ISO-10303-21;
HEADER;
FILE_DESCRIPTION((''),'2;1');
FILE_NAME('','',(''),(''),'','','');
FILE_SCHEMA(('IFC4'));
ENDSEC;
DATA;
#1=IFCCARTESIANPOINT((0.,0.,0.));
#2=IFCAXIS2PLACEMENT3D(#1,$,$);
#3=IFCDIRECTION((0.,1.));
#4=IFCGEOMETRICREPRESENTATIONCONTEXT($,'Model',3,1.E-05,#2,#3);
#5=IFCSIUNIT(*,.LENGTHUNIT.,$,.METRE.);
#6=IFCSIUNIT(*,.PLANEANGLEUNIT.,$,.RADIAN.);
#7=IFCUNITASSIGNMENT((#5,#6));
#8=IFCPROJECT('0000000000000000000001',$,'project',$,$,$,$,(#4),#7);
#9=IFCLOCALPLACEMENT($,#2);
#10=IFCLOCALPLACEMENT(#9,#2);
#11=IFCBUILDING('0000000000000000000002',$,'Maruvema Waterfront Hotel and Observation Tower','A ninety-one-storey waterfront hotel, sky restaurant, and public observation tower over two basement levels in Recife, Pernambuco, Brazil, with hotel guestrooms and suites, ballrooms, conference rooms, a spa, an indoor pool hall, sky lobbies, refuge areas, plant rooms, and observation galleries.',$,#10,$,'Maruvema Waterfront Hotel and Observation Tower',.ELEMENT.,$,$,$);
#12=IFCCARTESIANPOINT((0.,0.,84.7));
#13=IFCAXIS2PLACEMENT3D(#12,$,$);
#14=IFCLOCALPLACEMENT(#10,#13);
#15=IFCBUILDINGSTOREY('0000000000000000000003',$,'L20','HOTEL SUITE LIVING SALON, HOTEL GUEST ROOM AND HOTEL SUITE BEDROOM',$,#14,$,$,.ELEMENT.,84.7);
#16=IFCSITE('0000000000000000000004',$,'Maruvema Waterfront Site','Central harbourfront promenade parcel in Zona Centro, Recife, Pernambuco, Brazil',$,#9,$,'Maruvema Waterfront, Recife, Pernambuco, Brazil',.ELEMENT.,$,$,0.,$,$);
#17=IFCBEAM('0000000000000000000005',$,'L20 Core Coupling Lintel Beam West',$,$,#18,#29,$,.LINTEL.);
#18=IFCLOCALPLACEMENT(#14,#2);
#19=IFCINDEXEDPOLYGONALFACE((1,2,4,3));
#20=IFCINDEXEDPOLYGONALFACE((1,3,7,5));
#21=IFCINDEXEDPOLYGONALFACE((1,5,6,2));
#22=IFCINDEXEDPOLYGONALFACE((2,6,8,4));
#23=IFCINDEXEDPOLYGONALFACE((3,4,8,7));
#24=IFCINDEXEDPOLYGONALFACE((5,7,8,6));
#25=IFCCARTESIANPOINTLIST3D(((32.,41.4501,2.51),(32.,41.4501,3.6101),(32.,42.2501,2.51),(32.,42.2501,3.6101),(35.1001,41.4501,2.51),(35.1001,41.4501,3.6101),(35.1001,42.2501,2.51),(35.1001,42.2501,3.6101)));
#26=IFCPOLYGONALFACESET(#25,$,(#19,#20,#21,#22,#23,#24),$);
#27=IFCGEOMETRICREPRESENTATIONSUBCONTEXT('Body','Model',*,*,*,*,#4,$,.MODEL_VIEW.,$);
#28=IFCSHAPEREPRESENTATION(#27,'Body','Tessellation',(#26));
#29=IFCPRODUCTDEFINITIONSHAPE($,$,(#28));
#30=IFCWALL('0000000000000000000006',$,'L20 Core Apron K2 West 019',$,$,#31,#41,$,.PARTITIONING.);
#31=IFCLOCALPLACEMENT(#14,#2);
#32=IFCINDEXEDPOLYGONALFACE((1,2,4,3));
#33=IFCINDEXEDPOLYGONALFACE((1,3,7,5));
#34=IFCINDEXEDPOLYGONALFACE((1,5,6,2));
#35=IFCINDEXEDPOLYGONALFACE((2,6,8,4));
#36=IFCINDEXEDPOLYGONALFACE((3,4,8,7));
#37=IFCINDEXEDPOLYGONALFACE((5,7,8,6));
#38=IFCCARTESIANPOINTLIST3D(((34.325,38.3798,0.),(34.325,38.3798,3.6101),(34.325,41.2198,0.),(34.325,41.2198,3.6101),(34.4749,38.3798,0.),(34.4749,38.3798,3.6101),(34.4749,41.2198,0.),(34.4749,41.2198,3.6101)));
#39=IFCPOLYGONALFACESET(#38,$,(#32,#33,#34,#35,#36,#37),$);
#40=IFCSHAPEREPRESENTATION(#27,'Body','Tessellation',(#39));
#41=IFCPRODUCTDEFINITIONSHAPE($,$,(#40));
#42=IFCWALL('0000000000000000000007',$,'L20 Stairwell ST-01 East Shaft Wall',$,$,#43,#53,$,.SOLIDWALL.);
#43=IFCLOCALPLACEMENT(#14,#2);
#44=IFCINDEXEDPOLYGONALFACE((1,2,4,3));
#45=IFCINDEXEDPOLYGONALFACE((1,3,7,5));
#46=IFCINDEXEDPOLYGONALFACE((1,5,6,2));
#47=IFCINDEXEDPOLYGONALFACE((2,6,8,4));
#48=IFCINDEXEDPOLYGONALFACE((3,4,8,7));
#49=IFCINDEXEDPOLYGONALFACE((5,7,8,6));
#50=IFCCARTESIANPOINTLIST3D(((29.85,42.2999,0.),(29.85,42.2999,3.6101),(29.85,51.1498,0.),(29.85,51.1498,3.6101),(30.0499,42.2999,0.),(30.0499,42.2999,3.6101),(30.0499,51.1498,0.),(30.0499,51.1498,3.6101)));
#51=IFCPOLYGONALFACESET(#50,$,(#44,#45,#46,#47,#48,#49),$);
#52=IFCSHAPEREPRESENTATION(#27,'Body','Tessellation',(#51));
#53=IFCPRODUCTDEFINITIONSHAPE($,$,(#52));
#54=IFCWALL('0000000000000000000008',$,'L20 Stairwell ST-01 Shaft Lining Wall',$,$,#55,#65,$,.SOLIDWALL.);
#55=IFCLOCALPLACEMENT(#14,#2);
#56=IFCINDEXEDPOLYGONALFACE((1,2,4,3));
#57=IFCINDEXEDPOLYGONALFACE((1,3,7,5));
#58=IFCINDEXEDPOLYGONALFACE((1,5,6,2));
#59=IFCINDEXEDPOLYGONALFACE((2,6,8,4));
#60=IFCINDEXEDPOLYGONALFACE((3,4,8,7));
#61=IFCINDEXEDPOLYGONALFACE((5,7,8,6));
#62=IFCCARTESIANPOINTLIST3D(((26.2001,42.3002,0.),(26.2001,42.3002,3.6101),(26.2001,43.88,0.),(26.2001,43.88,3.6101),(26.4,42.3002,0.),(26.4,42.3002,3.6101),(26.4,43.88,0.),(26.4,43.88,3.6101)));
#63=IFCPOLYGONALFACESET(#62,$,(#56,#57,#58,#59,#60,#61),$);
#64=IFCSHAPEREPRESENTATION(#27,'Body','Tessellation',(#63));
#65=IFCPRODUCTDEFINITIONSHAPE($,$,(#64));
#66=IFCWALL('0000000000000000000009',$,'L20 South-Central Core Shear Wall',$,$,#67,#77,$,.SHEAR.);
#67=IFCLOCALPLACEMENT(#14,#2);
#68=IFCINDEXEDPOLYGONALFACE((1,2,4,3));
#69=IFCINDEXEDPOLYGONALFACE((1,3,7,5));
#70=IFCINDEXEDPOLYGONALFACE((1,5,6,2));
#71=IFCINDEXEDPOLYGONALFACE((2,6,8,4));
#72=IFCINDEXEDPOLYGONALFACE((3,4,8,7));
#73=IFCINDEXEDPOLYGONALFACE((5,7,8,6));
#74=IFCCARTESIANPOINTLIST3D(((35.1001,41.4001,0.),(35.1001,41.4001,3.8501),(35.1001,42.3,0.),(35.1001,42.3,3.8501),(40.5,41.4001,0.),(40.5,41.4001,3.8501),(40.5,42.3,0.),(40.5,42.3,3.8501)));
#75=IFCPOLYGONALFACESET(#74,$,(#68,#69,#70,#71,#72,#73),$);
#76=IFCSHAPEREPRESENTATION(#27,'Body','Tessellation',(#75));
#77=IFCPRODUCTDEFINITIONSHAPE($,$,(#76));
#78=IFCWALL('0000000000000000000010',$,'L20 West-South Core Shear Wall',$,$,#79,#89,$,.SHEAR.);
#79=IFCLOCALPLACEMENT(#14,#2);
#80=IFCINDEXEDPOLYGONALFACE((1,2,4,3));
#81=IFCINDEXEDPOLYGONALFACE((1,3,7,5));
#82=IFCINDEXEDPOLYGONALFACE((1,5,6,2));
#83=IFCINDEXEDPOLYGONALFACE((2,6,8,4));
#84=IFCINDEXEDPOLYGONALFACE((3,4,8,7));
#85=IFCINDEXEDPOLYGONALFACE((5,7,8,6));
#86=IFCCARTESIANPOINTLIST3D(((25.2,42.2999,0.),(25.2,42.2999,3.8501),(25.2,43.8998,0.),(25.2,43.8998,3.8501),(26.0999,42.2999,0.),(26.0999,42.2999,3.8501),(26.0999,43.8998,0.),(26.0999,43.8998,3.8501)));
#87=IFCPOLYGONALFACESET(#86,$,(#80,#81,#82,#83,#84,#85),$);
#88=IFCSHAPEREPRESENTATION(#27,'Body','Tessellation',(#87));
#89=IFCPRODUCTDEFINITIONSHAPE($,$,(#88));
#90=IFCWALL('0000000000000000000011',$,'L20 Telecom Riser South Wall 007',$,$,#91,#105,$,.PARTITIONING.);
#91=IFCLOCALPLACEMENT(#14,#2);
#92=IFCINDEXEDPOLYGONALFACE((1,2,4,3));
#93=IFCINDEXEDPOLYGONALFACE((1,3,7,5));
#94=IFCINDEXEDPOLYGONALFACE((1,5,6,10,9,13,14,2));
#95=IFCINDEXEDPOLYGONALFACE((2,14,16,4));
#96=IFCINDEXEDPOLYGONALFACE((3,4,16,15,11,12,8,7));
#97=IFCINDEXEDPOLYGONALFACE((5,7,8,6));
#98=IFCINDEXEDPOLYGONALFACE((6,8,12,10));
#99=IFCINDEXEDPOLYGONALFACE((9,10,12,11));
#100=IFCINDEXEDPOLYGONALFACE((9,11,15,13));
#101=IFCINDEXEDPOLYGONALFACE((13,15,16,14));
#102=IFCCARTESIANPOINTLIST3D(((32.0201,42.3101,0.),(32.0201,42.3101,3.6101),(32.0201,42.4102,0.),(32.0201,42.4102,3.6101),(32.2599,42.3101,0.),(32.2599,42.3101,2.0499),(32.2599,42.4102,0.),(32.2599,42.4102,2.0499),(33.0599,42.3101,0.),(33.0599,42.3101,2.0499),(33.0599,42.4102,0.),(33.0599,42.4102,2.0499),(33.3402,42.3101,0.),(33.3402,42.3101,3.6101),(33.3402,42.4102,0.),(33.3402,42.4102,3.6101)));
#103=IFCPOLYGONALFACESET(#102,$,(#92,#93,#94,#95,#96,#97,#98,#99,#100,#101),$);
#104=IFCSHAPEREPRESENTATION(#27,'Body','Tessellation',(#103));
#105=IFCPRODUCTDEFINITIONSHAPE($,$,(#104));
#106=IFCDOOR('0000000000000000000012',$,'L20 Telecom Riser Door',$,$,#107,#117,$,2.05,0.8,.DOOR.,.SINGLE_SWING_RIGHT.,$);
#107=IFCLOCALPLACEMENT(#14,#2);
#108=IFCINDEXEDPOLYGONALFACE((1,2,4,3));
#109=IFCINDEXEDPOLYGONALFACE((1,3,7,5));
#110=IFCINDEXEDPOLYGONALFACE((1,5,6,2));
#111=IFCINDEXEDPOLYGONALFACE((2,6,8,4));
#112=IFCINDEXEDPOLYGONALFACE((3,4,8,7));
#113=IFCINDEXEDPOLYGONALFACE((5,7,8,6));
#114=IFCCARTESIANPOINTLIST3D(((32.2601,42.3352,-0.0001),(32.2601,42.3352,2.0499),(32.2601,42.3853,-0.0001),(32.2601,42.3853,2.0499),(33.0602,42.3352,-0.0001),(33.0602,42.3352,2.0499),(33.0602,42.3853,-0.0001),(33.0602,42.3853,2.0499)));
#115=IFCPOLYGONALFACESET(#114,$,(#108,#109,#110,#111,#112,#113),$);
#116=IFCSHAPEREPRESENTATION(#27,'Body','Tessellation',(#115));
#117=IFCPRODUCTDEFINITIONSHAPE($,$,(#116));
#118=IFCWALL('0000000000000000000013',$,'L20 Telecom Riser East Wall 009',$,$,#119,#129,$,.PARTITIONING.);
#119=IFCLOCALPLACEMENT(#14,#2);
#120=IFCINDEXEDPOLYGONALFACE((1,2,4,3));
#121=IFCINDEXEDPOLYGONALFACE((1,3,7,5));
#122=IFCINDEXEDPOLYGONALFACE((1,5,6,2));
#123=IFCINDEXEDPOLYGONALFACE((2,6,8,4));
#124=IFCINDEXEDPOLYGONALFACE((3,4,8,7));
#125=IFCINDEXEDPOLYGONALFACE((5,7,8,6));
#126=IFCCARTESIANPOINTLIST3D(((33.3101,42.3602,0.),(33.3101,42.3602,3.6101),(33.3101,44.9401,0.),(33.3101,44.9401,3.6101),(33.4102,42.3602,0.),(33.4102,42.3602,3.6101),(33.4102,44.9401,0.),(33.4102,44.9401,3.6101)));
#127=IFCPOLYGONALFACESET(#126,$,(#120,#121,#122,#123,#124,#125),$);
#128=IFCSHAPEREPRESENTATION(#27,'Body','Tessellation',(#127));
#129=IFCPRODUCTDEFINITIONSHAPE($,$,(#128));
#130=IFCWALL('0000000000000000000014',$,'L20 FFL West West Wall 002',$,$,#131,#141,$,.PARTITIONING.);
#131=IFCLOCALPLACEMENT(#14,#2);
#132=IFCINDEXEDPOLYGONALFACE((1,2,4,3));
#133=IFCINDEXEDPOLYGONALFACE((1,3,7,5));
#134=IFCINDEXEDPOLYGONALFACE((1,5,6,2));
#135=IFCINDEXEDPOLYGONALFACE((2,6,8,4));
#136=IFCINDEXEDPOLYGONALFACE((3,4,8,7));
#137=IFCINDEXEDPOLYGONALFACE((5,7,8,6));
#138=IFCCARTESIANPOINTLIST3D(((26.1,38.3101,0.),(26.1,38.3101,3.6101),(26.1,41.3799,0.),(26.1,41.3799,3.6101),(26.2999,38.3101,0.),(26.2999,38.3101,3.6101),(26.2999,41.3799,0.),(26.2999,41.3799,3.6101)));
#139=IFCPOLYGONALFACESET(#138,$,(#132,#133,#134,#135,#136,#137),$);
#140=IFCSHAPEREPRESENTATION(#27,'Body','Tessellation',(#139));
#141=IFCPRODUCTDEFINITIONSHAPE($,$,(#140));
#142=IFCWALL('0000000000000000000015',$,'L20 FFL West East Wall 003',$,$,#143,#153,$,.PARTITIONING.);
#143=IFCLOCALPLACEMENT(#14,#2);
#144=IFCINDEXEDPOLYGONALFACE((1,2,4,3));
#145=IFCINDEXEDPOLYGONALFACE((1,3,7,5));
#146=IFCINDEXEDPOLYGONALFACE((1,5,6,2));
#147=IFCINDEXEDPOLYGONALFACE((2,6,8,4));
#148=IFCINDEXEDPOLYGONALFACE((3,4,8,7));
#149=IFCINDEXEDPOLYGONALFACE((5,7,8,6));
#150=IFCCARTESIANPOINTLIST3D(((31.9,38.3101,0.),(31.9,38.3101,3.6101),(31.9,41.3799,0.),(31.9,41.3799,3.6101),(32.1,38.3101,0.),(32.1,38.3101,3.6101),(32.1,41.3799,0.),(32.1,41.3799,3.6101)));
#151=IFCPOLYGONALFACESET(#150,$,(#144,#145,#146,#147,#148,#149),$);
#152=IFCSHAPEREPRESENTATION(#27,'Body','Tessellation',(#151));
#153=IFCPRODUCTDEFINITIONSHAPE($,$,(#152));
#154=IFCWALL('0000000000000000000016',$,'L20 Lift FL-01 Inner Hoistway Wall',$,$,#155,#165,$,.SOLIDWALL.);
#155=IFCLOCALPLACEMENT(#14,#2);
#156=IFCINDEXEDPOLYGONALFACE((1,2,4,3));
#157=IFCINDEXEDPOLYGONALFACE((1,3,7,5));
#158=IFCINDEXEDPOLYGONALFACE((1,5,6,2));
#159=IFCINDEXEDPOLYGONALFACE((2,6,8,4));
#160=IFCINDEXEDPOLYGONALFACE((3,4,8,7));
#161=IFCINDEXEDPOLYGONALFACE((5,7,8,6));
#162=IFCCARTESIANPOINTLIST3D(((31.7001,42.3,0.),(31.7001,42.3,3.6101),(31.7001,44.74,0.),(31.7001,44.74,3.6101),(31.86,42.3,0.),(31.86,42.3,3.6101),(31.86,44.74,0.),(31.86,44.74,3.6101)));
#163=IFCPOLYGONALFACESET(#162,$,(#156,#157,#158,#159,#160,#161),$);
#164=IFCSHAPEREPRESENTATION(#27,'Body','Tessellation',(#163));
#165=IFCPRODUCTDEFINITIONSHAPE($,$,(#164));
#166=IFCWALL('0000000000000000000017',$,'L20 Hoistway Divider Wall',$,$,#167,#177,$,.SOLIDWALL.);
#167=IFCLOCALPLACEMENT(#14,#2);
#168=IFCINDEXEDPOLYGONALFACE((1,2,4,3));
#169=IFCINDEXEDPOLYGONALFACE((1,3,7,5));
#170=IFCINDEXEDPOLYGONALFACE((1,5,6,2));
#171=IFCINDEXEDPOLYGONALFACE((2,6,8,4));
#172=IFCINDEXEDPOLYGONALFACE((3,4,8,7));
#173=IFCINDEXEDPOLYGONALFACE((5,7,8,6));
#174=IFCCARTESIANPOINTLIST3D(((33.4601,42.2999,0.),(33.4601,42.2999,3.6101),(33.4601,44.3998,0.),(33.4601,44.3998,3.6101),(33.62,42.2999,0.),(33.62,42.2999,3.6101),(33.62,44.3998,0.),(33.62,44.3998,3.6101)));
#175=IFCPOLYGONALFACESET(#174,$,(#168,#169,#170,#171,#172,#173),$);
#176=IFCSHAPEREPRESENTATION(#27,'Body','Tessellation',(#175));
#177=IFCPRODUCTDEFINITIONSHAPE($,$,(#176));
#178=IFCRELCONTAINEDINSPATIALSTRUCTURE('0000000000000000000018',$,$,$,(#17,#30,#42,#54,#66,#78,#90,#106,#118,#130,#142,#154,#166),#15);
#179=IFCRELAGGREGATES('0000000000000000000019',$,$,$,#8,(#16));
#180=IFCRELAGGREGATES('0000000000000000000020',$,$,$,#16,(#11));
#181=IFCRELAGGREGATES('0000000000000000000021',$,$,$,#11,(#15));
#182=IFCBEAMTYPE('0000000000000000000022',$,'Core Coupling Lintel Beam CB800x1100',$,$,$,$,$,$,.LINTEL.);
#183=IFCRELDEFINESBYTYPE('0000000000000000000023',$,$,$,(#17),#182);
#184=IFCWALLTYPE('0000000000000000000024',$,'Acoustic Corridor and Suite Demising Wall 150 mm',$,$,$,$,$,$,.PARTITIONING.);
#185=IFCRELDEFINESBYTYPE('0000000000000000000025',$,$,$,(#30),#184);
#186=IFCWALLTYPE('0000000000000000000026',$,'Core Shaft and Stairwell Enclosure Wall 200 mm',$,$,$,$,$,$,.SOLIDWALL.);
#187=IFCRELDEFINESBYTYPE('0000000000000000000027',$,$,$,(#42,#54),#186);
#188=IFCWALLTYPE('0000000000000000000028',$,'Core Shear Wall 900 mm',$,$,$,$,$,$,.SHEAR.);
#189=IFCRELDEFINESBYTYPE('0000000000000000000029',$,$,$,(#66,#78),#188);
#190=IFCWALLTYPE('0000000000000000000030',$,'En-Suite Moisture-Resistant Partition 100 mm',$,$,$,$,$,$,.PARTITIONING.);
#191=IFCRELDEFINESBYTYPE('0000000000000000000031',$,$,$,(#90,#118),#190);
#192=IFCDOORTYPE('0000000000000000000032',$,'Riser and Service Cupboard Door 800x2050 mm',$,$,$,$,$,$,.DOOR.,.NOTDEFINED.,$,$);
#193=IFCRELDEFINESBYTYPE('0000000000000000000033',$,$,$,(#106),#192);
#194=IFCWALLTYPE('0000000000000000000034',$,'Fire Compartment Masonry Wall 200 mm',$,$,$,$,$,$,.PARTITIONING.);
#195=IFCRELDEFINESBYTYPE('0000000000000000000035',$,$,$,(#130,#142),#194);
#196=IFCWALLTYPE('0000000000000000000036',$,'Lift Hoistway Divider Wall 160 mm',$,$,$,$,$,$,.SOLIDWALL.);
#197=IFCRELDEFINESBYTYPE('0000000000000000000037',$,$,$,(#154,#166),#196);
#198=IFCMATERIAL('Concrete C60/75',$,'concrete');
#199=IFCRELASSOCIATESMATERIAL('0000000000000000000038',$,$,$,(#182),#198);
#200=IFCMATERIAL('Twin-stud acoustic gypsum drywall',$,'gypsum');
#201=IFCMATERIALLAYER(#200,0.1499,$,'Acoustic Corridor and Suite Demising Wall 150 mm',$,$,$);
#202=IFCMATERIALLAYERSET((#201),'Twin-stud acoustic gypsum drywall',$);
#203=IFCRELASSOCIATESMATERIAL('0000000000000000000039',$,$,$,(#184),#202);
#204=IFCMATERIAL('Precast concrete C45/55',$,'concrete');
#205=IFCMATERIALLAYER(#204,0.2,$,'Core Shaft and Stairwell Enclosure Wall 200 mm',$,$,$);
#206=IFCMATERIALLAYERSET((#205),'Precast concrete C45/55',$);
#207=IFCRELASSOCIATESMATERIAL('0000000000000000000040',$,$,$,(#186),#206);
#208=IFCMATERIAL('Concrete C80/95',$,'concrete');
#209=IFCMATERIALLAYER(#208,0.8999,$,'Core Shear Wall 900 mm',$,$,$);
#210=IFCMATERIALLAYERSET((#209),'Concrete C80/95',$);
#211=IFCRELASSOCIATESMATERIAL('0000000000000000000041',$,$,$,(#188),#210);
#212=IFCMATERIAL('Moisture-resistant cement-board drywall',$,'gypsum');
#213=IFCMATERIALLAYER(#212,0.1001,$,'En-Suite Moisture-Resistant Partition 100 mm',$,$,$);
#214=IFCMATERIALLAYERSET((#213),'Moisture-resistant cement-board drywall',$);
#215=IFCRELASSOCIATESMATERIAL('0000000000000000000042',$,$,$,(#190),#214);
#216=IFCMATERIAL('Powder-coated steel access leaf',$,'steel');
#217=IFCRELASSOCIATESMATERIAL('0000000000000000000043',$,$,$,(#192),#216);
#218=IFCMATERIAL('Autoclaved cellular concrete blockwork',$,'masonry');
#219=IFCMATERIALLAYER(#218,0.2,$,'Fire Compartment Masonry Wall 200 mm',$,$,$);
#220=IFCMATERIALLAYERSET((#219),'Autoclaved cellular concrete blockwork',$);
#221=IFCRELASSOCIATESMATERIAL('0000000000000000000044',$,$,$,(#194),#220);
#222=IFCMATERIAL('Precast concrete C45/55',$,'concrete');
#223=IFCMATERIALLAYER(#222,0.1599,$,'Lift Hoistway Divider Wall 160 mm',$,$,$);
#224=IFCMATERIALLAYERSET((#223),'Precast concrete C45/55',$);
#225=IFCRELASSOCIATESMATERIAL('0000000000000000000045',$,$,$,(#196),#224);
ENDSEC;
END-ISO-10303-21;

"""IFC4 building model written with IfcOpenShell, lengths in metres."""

from ifc_helpers import new_model, si_unit, direction, frame, frame_2d, origin, origin_2d, place, context, subcontext, project, spatial, rectangle, extrude, material, layer, layer_set, material_profile, profile_set, type_object, element, fill, save


model = new_model("IFC4")

# Units and contexts
model_context = context("Model", 3, precision=1e-05, world=origin(), true_north=direction((0.0, 1.0)))
body_context = subcontext(model_context, "Body", "Model", "MODEL_VIEW")
ifc_project = project(units=[si_unit("LENGTHUNIT", "METRE"), si_unit("PLANEANGLEUNIT", "RADIAN")], contexts=[model_context])

# Site, building, storey
site_placement = place(None, origin())
site = spatial("IfcSite", under=ifc_project, at=site_placement, Name="Maruvema Waterfront Site", Description="Central harbourfront promenade parcel in Zona Centro, Recife, Pernambuco, Brazil", LongName="Maruvema Waterfront, Recife, Pernambuco, Brazil", CompositionType="ELEMENT", RefElevation=0.0)
building_placement = place(site_placement, origin())
building = spatial("IfcBuilding", under=site, at=building_placement, Name="Maruvema Waterfront Hotel and Observation Tower", Description="A ninety-one-storey waterfront hotel, sky restaurant, and public observation tower over two basement levels in Recife, Pernambuco, Brazil, with hotel guestrooms and suites, ballrooms, conference rooms, a spa, an indoor pool hall, sky lobbies, refuge areas, plant rooms, and observation galleries.", LongName="Maruvema Waterfront Hotel and Observation Tower", CompositionType="ELEMENT")
storey_placement = place(building_placement, frame((0.0, 0.0, 84.7)))
storey = spatial("IfcBuildingStorey", under=building, at=storey_placement, Name="L20", Description="HOTEL SUITE LIVING SALON, HOTEL GUEST ROOM AND HOTEL SUITE BEDROOM", CompositionType="ELEMENT", Elevation=84.7)

# Beam
ifc_material_1 = material(Name="Concrete C60/75", Category="concrete")
ifc_material_profile = material_profile(ifc_material_1, rectangle(XDim=0.8, YDim=1.1001, at=origin_2d()), Name="CB800x1100")
ifc_profile_set = profile_set([ifc_material_profile], Name="Concrete C60/75")
beam_type = type_object("IfcBeamType", Name="Core Coupling Lintel Beam CB800x1100", PredefinedType="LINTEL", material=ifc_profile_set)
beam_placement = place(storey_placement, frame((32.0, 41.8501, 3.0601), z_axis=(1.0, 0.0, 0.0), x_axis=(0.0, 1.0, 0.0)))
element("IfcBeam", 1, at=beam_placement, inside=storey, type_object=beam_type, Name="L20 Core Coupling Lintel Beam West", PredefinedType="LINTEL", context=body_context, shape_type="SweptSolid", body=[
    extrude(rectangle(XDim=0.8, YDim=1.1001, at=origin_2d()), origin(), (0.0, 0.0, 1.0), 3.1001),
])

# Wall
ifc_material_2 = material(Name="Twin-stud acoustic gypsum drywall", Category="gypsum")
ifc_layer_1 = layer(ifc_material_2, 0.1499, Name="Acoustic Corridor and Suite Demising Wall 150 mm")
ifc_layer_set_1 = layer_set([ifc_layer_1], Name="Twin-stud acoustic gypsum drywall")
wall_type_1 = type_object("IfcWallType", Name="Acoustic Corridor and Suite Demising Wall 150 mm", PredefinedType="PARTITIONING", material=ifc_layer_set_1)
wall_1_placement = place(storey_placement, frame((34.3999, 38.3799, 0.0), z_axis=(0.0, 0.0, 1.0), x_axis=(0.0, 1.0, 0.0)))
element("IfcWall", 2, at=wall_1_placement, inside=storey, type_object=wall_type_1, Name="L20 Core Apron K2 West 019", PredefinedType="PARTITIONING", context=body_context, shape_type="SweptSolid", body=[
    extrude(rectangle(XDim=2.8401, YDim=0.1499, at=frame_2d((1.4199, 0.0))), origin(), (0.0, 0.0, 1.0), 3.6101),
])

# Walls
ifc_material_3 = material(Name="Precast concrete C45/55", Category="concrete")
ifc_layer_2 = layer(ifc_material_3, 0.2, Name="Core Shaft and Stairwell Enclosure Wall 200 mm")
ifc_layer_set_2 = layer_set([ifc_layer_2], Name="Precast concrete C45/55")
wall_type_2 = type_object("IfcWallType", Name="Core Shaft and Stairwell Enclosure Wall 200 mm", PredefinedType="SOLIDWALL", material=ifc_layer_set_2)
wall_2_placement = place(storey_placement, frame((29.95, 42.3, 0.0), z_axis=(0.0, 0.0, 1.0), x_axis=(0.0, 1.0, 0.0)))
element("IfcWall", 3, at=wall_2_placement, inside=storey, type_object=wall_type_2, Name="L20 Stairwell ST-01 East Shaft Wall", PredefinedType="SOLIDWALL", context=body_context, shape_type="SweptSolid", body=[
    extrude(rectangle(XDim=8.8499, YDim=0.2, at=frame_2d((4.4248, 0.0))), origin(), (0.0, 0.0, 1.0), 3.6101),
])
wall_3_placement = place(storey_placement, frame((26.3, 42.3, 0.0), z_axis=(0.0, 0.0, 1.0), x_axis=(0.0, 1.0, 0.0)))
element("IfcWall", 4, at=wall_3_placement, inside=storey, type_object=wall_type_2, Name="L20 Stairwell ST-01 Shaft Lining Wall", PredefinedType="SOLIDWALL", context=body_context, shape_type="SweptSolid", body=[
    extrude(rectangle(XDim=1.5798, YDim=0.2, at=frame_2d((0.79, 0.0))), origin(), (0.0, 0.0, 1.0), 3.6101),
])

# Shared definitions
ifc_material_4 = material(Name="Concrete C80/95", Category="concrete")
ifc_layer_3 = layer(ifc_material_4, 0.8999, Name="Core Shear Wall 900 mm")
ifc_layer_set_3 = layer_set([ifc_layer_3], Name="Concrete C80/95")
wall_type_3 = type_object("IfcWallType", Name="Core Shear Wall 900 mm", PredefinedType="SHEAR", material=ifc_layer_set_3)

# Walls
wall_4_placement = place(storey_placement, frame((35.1001, 41.8501, 0.0), z_axis=(0.0, 0.0, 1.0), x_axis=(1.0, 0.0, 0.0)))
element("IfcWall", 5, at=wall_4_placement, inside=storey, type_object=wall_type_3, Name="L20 South-Central Core Shear Wall", PredefinedType="SHEAR", context=body_context, shape_type="SweptSolid", body=[
    extrude(rectangle(XDim=5.3999, YDim=0.8999, at=frame_2d((2.7, 0.0))), origin(), (0.0, 0.0, 1.0), 3.8501),
])
wall_5_placement = place(storey_placement, frame((25.6499, 42.3, 0.0), z_axis=(0.0, 0.0, 1.0), x_axis=(0.0, 1.0, 0.0)))
element("IfcWall", 6, at=wall_5_placement, inside=storey, type_object=wall_type_3, Name="L20 West-South Core Shear Wall", PredefinedType="SHEAR", context=body_context, shape_type="SweptSolid", body=[
    extrude(rectangle(XDim=1.5999, YDim=0.8999, at=frame_2d((0.7998, 0.0))), origin(), (0.0, 0.0, 1.0), 3.8501),
])

# Wall, opening, door
ifc_material_5 = material(Name="Moisture-resistant cement-board drywall", Category="gypsum")
ifc_layer_4 = layer(ifc_material_5, 0.1001, Name="En-Suite Moisture-Resistant Partition 100 mm")
ifc_layer_set_4 = layer_set([ifc_layer_4], Name="Moisture-resistant cement-board drywall")
wall_type_4 = type_object("IfcWallType", Name="En-Suite Moisture-Resistant Partition 100 mm", PredefinedType="PARTITIONING", material=ifc_layer_set_4)
wall_6_placement = place(storey_placement, frame((32.02, 42.3601, 0.0), z_axis=(0.0, 0.0, 1.0), x_axis=(1.0, 0.0, 0.0)))
wall_6 = element("IfcWall", 7, at=wall_6_placement, inside=storey, type_object=wall_type_4, Name="L20 Telecom Riser South Wall 007", PredefinedType="PARTITIONING", context=body_context, shape_type="SweptSolid", body=[
    extrude(rectangle(XDim=1.3201, YDim=0.1001, at=frame_2d((0.6602, 0.0))), origin(), (0.0, 0.0, 1.0), 3.6101),
])
opening_1_placement = place(wall_6_placement, frame((0.24, 0.0, 0.0)))
opening_1 = element("IfcOpeningElement", 8, at=opening_1_placement, cuts=wall_6, PredefinedType="OPENING", context=body_context, shape_type="SweptSolid", body=[
    extrude(rectangle(XDim=0.8, YDim=2.05, at=frame_2d((0.3999, 1.0249))), frame((0.0, 0.0601, 0.0), z_axis=(0.0, -1.0, 0.0), x_axis=(1.0, 0.0, 0.0)), (0.0, 0.0, 1.0), 0.1201),
])
ifc_material_6 = material(Name="Powder-coated steel access leaf", Category="steel")
door_type_1 = type_object("IfcDoorType", Name="Riser and Service Cupboard Door 800x2050 mm", OperationType="NOTDEFINED", PredefinedType="DOOR", material=ifc_material_6)
door_1_placement = place(opening_1_placement, frame((0.8, 0.0, 0.0), z_axis=(0.0, 0.0, 1.0), x_axis=(-1.0, 0.0, 0.0)))
door_1 = element("IfcDoor", 9, at=door_1_placement, inside=storey, type_object=door_type_1, Name="L20 Telecom Riser Door", OperationType="SINGLE_SWING_RIGHT", OverallHeight=2.05, OverallWidth=0.8, PredefinedType="DOOR", context=body_context, shape_type="SweptSolid", body=[
    extrude(rectangle(XDim=0.8, YDim=2.05, at=frame_2d((0.3999, 1.0249))), frame((0.0, 0.0249, 0.0), z_axis=(0.0, -1.0, 0.0), x_axis=(1.0, 0.0, 0.0)), (0.0, 0.0, 1.0), 0.05),
])
fill(opening_1, door_1)

# Walls
wall_7_placement = place(storey_placement, frame((33.3601, 42.3601, 0.0), z_axis=(0.0, 0.0, 1.0), x_axis=(0.0, 1.0, 0.0)))
element("IfcWall", 10, at=wall_7_placement, inside=storey, type_object=wall_type_4, Name="L20 Telecom Riser East Wall 009", PredefinedType="PARTITIONING", context=body_context, shape_type="SweptSolid", body=[
    extrude(rectangle(XDim=2.5798, YDim=0.1001, at=frame_2d((1.29, 0.0))), origin(), (0.0, 0.0, 1.0), 3.6101),
])
ifc_material_7 = material(Name="Autoclaved cellular concrete blockwork", Category="masonry")
ifc_layer_5 = layer(ifc_material_7, 0.2, Name="Fire Compartment Masonry Wall 200 mm")
ifc_layer_set_5 = layer_set([ifc_layer_5], Name="Autoclaved cellular concrete blockwork")
wall_type_5 = type_object("IfcWallType", Name="Fire Compartment Masonry Wall 200 mm", PredefinedType="PARTITIONING", material=ifc_layer_set_5)
for number, where, z_axis, x_axis, name in (
    (11, (26.2, 38.3101, 0.0), (0.0, 0.0, 1.0), (0.0, 1.0, 0.0), "L20 FFL West West Wall 002"),
    (12, (32.0, 38.3101, 0.0), (0.0, 0.0, 1.0), (0.0, 1.0, 0.0), "L20 FFL West East Wall 003"),
):
    element("IfcWall", number, at=place(storey_placement, frame(where, z_axis=z_axis, x_axis=x_axis)), inside=storey, type_object=wall_type_5, Name=name, PredefinedType="PARTITIONING", context=body_context, shape_type="SweptSolid", body=[
        extrude(rectangle(XDim=3.0698, YDim=0.2, at=frame_2d((1.5349, 0.0))), origin(), (0.0, 0.0, 1.0), 3.6101),
    ])
ifc_material_8 = material(Name="Precast concrete C45/55", Category="concrete")
ifc_layer_6 = layer(ifc_material_8, 0.1599, Name="Lift Hoistway Divider Wall 160 mm")
ifc_layer_set_6 = layer_set([ifc_layer_6], Name="Precast concrete C45/55")
wall_type_6 = type_object("IfcWallType", Name="Lift Hoistway Divider Wall 160 mm", PredefinedType="SOLIDWALL", material=ifc_layer_set_6)
wall_8_placement = place(storey_placement, frame((31.78, 42.3, 0.0), z_axis=(0.0, 0.0, 1.0), x_axis=(0.0, 1.0, 0.0)))
element("IfcWall", 13, at=wall_8_placement, inside=storey, type_object=wall_type_6, Name="L20 Lift FL-01 Inner Hoistway Wall", PredefinedType="SOLIDWALL", context=body_context, shape_type="SweptSolid", body=[
    extrude(rectangle(XDim=2.4399, YDim=0.1599, at=frame_2d((1.22, 0.0))), origin(), (0.0, 0.0, 1.0), 3.6101),
])
for number, where, z_axis, x_axis, name in (
    (14, (33.54, 42.3, 0.0), (0.0, 0.0, 1.0), (0.0, 1.0, 0.0), "L20 Hoistway Divider Wall"),
):
    element("IfcWall", number, at=place(storey_placement, frame(where, z_axis=z_axis, x_axis=x_axis)), inside=storey, type_object=wall_type_6, Name=name, PredefinedType="SOLIDWALL", context=body_context, shape_type="SweptSolid", body=[
        extrude(rectangle(XDim=2.0999, YDim=0.1599, at=frame_2d((1.0498, 0.0))), origin(), (0.0, 0.0, 1.0), 3.6101),
    ])

save(model, "model.ifc")
